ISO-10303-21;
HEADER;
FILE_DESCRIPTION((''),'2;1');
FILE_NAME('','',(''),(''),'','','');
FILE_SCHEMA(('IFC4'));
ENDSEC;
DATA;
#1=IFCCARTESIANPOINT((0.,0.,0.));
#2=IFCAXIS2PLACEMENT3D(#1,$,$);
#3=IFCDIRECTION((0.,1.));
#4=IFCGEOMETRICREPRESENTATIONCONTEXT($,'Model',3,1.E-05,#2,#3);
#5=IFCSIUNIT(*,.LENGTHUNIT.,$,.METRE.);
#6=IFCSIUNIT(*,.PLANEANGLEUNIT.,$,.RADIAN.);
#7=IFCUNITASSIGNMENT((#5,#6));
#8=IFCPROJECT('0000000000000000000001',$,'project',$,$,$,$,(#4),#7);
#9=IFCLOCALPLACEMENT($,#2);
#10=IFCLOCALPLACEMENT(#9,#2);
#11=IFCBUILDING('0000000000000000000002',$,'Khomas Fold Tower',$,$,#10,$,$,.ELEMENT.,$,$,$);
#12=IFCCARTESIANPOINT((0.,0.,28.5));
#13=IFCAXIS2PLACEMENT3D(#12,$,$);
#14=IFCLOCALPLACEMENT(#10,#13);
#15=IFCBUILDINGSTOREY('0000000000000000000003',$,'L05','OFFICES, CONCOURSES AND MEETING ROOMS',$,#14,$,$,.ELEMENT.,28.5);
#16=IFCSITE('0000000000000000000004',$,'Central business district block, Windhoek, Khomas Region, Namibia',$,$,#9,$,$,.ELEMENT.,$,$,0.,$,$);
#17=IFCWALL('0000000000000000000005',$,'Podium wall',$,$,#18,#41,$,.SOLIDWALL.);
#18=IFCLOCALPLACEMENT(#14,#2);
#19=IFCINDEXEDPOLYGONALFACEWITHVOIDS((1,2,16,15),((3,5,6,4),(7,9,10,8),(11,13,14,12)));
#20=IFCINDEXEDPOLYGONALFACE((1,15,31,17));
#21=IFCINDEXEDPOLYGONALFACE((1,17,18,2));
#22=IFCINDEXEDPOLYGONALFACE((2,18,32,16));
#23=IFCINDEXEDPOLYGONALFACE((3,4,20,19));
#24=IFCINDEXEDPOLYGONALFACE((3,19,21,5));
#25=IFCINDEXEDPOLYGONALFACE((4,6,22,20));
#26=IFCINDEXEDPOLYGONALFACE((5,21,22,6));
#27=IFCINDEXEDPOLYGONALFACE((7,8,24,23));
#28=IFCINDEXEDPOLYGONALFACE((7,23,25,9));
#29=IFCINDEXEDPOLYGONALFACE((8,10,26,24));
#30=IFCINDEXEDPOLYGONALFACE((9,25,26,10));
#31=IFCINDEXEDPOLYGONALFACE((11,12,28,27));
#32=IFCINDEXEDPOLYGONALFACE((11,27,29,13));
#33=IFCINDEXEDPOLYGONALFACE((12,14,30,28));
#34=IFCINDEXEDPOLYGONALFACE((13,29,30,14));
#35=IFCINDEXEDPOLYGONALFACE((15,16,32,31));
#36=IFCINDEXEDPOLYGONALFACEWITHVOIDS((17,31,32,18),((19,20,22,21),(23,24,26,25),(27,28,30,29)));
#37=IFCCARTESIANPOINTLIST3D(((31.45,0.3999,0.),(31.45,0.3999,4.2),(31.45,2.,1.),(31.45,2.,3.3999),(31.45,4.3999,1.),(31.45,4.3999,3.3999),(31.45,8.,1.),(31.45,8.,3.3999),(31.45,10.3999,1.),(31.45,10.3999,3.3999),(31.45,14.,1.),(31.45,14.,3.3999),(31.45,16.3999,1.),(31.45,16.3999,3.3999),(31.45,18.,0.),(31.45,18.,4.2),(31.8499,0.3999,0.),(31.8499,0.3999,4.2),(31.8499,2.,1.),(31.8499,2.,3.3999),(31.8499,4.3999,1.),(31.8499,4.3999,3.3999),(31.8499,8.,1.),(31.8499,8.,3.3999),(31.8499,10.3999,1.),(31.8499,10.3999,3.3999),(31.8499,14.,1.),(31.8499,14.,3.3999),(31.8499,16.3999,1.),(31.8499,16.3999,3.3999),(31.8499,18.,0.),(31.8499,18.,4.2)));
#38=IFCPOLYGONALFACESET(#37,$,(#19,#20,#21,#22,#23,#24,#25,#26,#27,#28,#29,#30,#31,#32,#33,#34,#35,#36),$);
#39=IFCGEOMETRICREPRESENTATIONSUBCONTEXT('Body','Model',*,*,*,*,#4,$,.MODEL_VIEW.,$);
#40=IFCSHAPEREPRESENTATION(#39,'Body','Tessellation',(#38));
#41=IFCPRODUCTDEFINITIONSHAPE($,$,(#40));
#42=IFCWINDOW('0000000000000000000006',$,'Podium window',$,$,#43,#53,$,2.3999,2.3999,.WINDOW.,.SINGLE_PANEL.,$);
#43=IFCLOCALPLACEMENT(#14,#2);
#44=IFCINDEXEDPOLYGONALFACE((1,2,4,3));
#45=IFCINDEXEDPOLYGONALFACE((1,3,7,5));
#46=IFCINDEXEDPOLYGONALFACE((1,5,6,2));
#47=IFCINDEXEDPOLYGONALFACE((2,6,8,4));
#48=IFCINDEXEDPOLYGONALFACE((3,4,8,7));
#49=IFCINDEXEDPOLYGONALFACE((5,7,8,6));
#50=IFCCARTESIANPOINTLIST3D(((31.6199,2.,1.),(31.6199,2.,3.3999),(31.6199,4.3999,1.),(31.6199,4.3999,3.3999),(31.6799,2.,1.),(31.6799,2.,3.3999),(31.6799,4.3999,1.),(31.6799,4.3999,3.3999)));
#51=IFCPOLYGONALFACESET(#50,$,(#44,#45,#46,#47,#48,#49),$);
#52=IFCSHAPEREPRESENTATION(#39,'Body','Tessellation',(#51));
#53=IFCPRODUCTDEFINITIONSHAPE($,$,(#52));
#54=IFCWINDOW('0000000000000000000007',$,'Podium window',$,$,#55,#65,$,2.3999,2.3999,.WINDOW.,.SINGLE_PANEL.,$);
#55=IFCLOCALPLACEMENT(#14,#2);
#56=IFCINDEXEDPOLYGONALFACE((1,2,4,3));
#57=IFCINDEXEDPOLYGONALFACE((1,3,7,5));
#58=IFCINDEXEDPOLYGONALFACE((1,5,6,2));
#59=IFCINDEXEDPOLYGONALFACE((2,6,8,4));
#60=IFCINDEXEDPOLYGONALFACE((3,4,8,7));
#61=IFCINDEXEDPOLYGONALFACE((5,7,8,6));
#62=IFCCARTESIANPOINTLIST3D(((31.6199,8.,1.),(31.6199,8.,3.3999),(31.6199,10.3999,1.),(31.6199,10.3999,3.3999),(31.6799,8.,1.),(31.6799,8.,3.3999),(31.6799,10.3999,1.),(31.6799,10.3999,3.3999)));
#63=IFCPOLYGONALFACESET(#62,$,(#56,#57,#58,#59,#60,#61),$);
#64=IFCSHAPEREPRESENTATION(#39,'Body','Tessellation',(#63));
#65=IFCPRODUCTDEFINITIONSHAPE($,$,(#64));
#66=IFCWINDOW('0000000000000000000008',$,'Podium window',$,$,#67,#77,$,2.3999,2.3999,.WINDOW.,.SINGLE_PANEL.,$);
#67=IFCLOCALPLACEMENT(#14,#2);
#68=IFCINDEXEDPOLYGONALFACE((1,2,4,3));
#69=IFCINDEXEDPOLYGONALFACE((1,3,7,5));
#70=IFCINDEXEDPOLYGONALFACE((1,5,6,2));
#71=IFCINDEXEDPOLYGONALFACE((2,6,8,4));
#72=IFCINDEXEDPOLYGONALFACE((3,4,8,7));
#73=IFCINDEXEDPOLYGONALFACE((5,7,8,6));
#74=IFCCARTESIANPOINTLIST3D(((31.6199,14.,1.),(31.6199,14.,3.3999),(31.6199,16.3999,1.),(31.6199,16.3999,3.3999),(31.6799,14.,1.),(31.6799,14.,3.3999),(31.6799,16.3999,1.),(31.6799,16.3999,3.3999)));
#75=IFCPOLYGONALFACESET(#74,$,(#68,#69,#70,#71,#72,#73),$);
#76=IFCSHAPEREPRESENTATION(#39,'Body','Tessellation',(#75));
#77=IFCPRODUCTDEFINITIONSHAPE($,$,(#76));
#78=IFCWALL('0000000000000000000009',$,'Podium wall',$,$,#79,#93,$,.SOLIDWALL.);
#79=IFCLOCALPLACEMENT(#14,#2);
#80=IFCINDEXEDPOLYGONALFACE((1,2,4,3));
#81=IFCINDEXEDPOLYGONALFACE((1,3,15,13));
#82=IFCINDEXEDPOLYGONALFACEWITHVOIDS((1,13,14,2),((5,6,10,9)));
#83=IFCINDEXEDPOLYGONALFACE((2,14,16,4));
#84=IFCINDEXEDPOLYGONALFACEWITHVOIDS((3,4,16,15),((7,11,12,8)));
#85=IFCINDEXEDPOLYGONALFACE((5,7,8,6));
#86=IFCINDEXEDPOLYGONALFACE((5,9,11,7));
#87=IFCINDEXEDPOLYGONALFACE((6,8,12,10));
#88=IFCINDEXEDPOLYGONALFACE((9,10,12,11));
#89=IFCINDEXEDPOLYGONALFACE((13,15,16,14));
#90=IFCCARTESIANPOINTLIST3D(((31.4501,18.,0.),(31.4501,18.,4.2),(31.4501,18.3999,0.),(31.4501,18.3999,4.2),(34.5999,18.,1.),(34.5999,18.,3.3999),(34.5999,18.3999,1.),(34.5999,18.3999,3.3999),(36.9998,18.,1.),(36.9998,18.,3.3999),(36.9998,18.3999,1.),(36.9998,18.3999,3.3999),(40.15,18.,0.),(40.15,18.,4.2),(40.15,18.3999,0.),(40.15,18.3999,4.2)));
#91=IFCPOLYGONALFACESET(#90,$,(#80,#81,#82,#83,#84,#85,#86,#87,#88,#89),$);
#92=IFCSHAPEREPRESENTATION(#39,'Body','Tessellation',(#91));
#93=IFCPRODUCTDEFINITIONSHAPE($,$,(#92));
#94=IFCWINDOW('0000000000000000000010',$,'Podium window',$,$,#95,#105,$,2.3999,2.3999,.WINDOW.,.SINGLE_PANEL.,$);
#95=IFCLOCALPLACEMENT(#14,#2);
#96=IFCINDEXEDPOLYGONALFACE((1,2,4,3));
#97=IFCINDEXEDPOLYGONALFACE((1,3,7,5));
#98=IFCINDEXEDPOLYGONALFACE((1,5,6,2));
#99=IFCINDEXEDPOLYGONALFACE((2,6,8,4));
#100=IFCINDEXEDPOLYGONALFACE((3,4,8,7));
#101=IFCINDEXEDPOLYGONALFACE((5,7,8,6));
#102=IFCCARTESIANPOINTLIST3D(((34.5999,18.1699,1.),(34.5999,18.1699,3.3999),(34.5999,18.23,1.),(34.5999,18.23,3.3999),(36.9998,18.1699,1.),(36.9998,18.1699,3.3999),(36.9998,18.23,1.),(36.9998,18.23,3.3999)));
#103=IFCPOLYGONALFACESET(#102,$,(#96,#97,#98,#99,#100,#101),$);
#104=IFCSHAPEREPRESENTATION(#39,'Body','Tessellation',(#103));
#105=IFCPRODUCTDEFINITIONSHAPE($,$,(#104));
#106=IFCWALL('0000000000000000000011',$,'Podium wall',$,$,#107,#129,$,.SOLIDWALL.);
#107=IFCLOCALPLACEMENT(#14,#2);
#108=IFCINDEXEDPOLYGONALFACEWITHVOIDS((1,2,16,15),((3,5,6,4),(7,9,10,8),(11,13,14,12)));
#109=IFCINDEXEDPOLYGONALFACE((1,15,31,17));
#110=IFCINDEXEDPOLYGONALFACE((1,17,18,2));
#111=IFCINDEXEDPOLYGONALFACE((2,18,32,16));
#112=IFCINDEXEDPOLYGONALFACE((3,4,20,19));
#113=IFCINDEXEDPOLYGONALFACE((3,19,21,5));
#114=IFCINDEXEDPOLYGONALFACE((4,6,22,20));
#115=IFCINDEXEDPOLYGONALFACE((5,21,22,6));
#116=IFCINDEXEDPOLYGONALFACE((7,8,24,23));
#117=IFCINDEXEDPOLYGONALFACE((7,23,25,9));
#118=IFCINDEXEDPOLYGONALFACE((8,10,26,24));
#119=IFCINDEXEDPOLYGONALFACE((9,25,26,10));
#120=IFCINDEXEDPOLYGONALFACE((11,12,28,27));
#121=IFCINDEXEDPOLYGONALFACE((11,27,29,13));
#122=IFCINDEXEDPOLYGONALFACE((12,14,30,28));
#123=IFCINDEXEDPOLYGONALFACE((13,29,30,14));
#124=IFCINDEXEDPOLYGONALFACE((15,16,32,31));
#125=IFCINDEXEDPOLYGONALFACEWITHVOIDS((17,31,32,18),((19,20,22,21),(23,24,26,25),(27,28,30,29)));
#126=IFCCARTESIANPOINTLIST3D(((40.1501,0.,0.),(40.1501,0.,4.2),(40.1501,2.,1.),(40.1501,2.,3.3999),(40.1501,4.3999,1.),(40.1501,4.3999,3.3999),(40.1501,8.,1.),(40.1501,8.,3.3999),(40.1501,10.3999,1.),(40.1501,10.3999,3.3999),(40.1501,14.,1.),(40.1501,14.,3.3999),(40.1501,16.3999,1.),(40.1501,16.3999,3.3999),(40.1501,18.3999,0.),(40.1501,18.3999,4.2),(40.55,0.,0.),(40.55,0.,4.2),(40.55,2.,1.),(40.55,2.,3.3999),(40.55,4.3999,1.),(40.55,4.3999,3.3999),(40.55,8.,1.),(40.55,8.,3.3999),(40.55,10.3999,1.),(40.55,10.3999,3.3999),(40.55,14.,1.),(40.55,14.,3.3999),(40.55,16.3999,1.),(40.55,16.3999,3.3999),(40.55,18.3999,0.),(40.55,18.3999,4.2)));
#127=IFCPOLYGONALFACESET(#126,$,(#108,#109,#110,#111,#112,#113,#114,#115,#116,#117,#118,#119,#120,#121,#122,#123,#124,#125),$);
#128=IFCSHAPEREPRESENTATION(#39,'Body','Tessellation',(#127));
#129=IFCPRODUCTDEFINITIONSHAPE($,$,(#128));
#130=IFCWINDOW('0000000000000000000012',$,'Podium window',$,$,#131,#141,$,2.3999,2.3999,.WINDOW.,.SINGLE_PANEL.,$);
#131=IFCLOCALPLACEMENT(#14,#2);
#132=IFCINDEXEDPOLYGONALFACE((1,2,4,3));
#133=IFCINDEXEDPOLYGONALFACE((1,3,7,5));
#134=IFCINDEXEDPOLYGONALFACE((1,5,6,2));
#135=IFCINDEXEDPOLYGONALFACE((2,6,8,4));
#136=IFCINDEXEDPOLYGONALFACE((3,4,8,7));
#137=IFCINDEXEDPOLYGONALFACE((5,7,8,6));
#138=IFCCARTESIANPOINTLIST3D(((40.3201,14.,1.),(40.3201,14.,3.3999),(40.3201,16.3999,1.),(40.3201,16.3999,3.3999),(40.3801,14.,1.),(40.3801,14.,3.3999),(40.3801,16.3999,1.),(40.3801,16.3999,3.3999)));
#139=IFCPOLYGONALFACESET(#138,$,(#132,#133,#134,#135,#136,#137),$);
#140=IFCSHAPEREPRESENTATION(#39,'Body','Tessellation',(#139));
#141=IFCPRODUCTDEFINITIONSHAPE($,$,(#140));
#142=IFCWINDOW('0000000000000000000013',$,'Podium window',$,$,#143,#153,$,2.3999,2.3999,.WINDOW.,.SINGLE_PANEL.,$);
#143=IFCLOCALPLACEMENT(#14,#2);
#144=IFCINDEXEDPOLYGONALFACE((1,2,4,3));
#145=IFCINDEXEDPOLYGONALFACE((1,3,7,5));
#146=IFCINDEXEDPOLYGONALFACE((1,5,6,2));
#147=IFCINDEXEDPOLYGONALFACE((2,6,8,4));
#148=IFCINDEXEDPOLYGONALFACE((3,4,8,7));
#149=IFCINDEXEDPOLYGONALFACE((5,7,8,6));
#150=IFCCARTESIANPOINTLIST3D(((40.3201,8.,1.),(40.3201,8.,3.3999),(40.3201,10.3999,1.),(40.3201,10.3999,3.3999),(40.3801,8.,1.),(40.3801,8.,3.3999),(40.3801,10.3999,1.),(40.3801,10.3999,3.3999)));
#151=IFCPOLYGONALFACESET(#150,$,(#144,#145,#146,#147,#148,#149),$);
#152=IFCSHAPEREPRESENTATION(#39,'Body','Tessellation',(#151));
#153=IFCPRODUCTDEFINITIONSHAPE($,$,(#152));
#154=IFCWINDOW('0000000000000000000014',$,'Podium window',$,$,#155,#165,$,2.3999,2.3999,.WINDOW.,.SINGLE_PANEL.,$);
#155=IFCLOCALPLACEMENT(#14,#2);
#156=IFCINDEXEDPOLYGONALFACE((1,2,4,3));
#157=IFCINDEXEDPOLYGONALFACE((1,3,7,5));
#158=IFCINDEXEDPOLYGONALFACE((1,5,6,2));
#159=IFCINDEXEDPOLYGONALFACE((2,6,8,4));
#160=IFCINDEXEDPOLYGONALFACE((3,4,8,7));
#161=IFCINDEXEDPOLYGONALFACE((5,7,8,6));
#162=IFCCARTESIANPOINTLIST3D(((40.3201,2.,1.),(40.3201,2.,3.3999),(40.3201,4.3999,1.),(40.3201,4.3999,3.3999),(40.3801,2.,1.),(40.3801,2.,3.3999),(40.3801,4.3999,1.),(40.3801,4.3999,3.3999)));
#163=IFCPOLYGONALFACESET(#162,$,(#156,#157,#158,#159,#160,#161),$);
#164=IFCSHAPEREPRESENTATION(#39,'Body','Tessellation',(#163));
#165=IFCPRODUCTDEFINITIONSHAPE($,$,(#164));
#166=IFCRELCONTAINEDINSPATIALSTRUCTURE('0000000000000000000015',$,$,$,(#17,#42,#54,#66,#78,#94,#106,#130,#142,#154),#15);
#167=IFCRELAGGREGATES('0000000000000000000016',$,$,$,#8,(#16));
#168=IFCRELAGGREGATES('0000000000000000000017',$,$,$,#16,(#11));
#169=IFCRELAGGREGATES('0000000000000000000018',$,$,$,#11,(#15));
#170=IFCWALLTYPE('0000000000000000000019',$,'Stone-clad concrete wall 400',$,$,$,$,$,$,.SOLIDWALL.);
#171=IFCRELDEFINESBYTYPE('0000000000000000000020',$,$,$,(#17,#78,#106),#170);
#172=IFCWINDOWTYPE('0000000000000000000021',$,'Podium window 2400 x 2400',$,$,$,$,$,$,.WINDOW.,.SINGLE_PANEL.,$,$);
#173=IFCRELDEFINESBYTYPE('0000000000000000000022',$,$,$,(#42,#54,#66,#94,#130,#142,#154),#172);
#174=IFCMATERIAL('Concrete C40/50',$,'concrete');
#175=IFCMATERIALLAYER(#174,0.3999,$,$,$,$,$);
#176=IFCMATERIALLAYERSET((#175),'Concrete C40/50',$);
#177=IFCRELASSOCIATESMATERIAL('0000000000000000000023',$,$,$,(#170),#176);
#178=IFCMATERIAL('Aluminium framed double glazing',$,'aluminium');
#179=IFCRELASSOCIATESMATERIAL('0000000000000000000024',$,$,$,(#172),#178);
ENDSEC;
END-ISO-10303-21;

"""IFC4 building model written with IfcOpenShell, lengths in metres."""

from ifc_helpers import new_model, si_unit, direction, frame, frame_2d, origin, place, context, subcontext, project, spatial, rectangle, extrude, source, transform, mapped, material, layer, layer_set, type_object, element, fill, save


model = new_model("IFC4")

# Units and contexts
model_context = context("Model", 3, precision=1e-05, world=origin(), true_north=direction((0.0, 1.0)))
body_context = subcontext(model_context, "Body", "Model", "MODEL_VIEW")
ifc_project = project(units=[si_unit("LENGTHUNIT", "METRE"), si_unit("PLANEANGLEUNIT", "RADIAN")], contexts=[model_context])

# Site, building, storey
site_placement = place(None, origin())
site = spatial("IfcSite", under=ifc_project, at=site_placement, Name="Central business district block, Windhoek, Khomas Region, Namibia", CompositionType="ELEMENT", RefElevation=0.0)
building_placement = place(site_placement, origin())
building = spatial("IfcBuilding", under=site, at=building_placement, Name="Khomas Fold Tower", CompositionType="ELEMENT")
storey_placement = place(building_placement, frame((0.0, 0.0, 28.5)))
storey = spatial("IfcBuildingStorey", under=building, at=storey_placement, Name="L05", Description="OFFICES, CONCOURSES AND MEETING ROOMS", CompositionType="ELEMENT", Elevation=28.5)

# Wall, openings, windows
ifc_material_1 = material(Name="Concrete C40/50", Category="concrete")
ifc_layer_1 = layer(ifc_material_1, 0.3999)
ifc_layer_set_1 = layer_set([ifc_layer_1], Name="Concrete C40/50")
wall_type_1 = type_object("IfcWallType", Name="Stone-clad concrete wall 400", PredefinedType="SOLIDWALL", material=ifc_layer_set_1)
shared_shape_1 = source(origin(), body_context, "Body", "SweptSolid", [
    extrude(rectangle(XDim=17.6001, YDim=0.3999, at=frame_2d((8.8, 0.0))), origin(), (0.0, 0.0, 1.0), 4.2),
])
wall_1_placement = place(storey_placement, frame((31.6499, 0.3999, 0.0), z_axis=(0.0, 0.0, 1.0), x_axis=(0.0, 1.0, 0.0)))
wall_1 = element("IfcWall", 1, at=wall_1_placement, inside=storey, type_object=wall_type_1, Name="Podium wall", PredefinedType="SOLIDWALL", context=body_context, shape_type="MappedRepresentation", body=[
    mapped(shared_shape_1, transform((0.0, 0.0, 0.0))),
])
shared_shape_2 = source(origin(), body_context, "Body", "SweptSolid", [
    extrude(rectangle(XDim=2.3999, YDim=2.3999, at=frame_2d((1.2, 1.2))), frame((0.0, 0.21, 0.0), z_axis=(0.0, -1.0, 0.0), x_axis=(1.0, 0.0, 0.0)), (0.0, 0.0, 1.0), 0.4199),
])
opening_1_placement = place(wall_1_placement, frame((1.6001, 0.0, 1.0)))
opening_1 = element("IfcOpeningElement", 2, at=opening_1_placement, cuts=wall_1, PredefinedType="OPENING", context=body_context, shape_type="MappedRepresentation", body=[
    mapped(shared_shape_2, transform((0.0, 0.0, 0.0))),
])
opening_2_placement = place(wall_1_placement, frame((7.6001, 0.0, 1.0)))
opening_2 = element("IfcOpeningElement", 3, at=opening_2_placement, cuts=wall_1, PredefinedType="OPENING", context=body_context, shape_type="MappedRepresentation", body=[
    mapped(shared_shape_2, transform((0.0, 0.0, 0.0))),
])
opening_3_placement = place(wall_1_placement, frame((13.6001, 0.0, 1.0)))
opening_3 = element("IfcOpeningElement", 4, at=opening_3_placement, cuts=wall_1, PredefinedType="OPENING", context=body_context, shape_type="MappedRepresentation", body=[
    mapped(shared_shape_2, transform((0.0, 0.0, 0.0))),
])
ifc_material_2 = material(Name="Aluminium framed double glazing", Category="aluminium")
window_type = type_object("IfcWindowType", Name="Podium window 2400 x 2400", PartitioningType="SINGLE_PANEL", PredefinedType="WINDOW", material=ifc_material_2)
shared_shape_3 = source(origin(), body_context, "Body", "SweptSolid", [
    extrude(rectangle(XDim=2.3999, YDim=2.3999, at=frame_2d((1.2, 1.2))), frame((0.0, 0.03, 0.0), z_axis=(0.0, -1.0, 0.0), x_axis=(1.0, 0.0, 0.0)), (0.0, 0.0, 1.0), 0.0601),
])
window_1_placement = place(opening_1_placement, origin())
window_1 = element("IfcWindow", 5, at=window_1_placement, inside=storey, type_object=window_type, Name="Podium window", OverallHeight=2.3999, OverallWidth=2.3999, PartitioningType="SINGLE_PANEL", PredefinedType="WINDOW", context=body_context, shape_type="MappedRepresentation", body=[
    mapped(shared_shape_3, transform((0.0, 0.0, 0.0))),
])
fill(opening_1, window_1)
window_2_placement = place(opening_2_placement, origin())
window_2 = element("IfcWindow", 6, at=window_2_placement, inside=storey, type_object=window_type, Name="Podium window", OverallHeight=2.3999, OverallWidth=2.3999, PartitioningType="SINGLE_PANEL", PredefinedType="WINDOW", context=body_context, shape_type="MappedRepresentation", body=[
    mapped(shared_shape_3, transform((0.0, 0.0, 0.0))),
])
fill(opening_2, window_2)
window_3_placement = place(opening_3_placement, origin())
window_3 = element("IfcWindow", 7, at=window_3_placement, inside=storey, type_object=window_type, Name="Podium window", OverallHeight=2.3999, OverallWidth=2.3999, PartitioningType="SINGLE_PANEL", PredefinedType="WINDOW", context=body_context, shape_type="MappedRepresentation", body=[
    mapped(shared_shape_3, transform((0.0, 0.0, 0.0))),
])
fill(opening_3, window_3)

# Wall, opening, window
shared_shape_4 = source(origin(), body_context, "Body", "SweptSolid", [
    extrude(rectangle(XDim=8.7, YDim=0.3999, at=frame_2d((4.3501, 0.0))), origin(), (0.0, 0.0, 1.0), 4.2),
])
wall_2_placement = place(storey_placement, frame((31.45, 18.2, 0.0), z_axis=(0.0, 0.0, 1.0), x_axis=(1.0, 0.0, 0.0)))
wall_2 = element("IfcWall", 8, at=wall_2_placement, inside=storey, type_object=wall_type_1, Name="Podium wall", PredefinedType="SOLIDWALL", context=body_context, shape_type="MappedRepresentation", body=[
    mapped(shared_shape_4, transform((0.0, 0.0, 0.0))),
])
opening_4_placement = place(wall_2_placement, frame((3.1499, 0.0, 1.0)))
opening_4 = element("IfcOpeningElement", 9, at=opening_4_placement, cuts=wall_2, PredefinedType="OPENING", context=body_context, shape_type="MappedRepresentation", body=[
    mapped(shared_shape_2, transform((0.0, 0.0, 0.0))),
])
window_4_placement = place(opening_4_placement, origin())
window_4 = element("IfcWindow", 10, at=window_4_placement, inside=storey, type_object=window_type, Name="Podium window", OverallHeight=2.3999, OverallWidth=2.3999, PartitioningType="SINGLE_PANEL", PredefinedType="WINDOW", context=body_context, shape_type="MappedRepresentation", body=[
    mapped(shared_shape_3, transform((0.0, 0.0, 0.0))),
])
fill(opening_4, window_4)

# Wall, openings, windows
shared_shape_5 = source(origin(), body_context, "Body", "SweptSolid", [
    extrude(rectangle(XDim=18.3999, YDim=0.3999, at=frame_2d((9.2, 0.0))), origin(), (0.0, 0.0, 1.0), 4.2),
])
wall_3_placement = place(storey_placement, frame((40.3501, 18.3999, 0.0), z_axis=(0.0, 0.0, 1.0), x_axis=(0.0, -1.0, 0.0)))
wall_3 = element("IfcWall", 11, at=wall_3_placement, inside=storey, type_object=wall_type_1, Name="Podium wall", PredefinedType="SOLIDWALL", context=body_context, shape_type="MappedRepresentation", body=[
    mapped(shared_shape_5, transform((0.0, 0.0, 0.0))),
])
opening_5_placement = place(wall_3_placement, frame((2.0, 0.0, 1.0)))
opening_5 = element("IfcOpeningElement", 12, at=opening_5_placement, cuts=wall_3, PredefinedType="OPENING", context=body_context, shape_type="MappedRepresentation", body=[
    mapped(shared_shape_2, transform((0.0, 0.0, 0.0))),
])
opening_6_placement = place(wall_3_placement, frame((8.0, 0.0, 1.0)))
opening_6 = element("IfcOpeningElement", 13, at=opening_6_placement, cuts=wall_3, PredefinedType="OPENING", context=body_context, shape_type="MappedRepresentation", body=[
    mapped(shared_shape_2, transform((0.0, 0.0, 0.0))),
])
opening_7_placement = place(wall_3_placement, frame((14.0, 0.0, 1.0)))
opening_7 = element("IfcOpeningElement", 14, at=opening_7_placement, cuts=wall_3, PredefinedType="OPENING", context=body_context, shape_type="MappedRepresentation", body=[
    mapped(shared_shape_2, transform((0.0, 0.0, 0.0))),
])
window_5_placement = place(opening_5_placement, origin())
window_5 = element("IfcWindow", 15, at=window_5_placement, inside=storey, type_object=window_type, Name="Podium window", OverallHeight=2.3999, OverallWidth=2.3999, PartitioningType="SINGLE_PANEL", PredefinedType="WINDOW", context=body_context, shape_type="MappedRepresentation", body=[
    mapped(shared_shape_3, transform((0.0, 0.0, 0.0))),
])
fill(opening_5, window_5)
window_6_placement = place(opening_6_placement, origin())
window_6 = element("IfcWindow", 16, at=window_6_placement, inside=storey, type_object=window_type, Name="Podium window", OverallHeight=2.3999, OverallWidth=2.3999, PartitioningType="SINGLE_PANEL", PredefinedType="WINDOW", context=body_context, shape_type="MappedRepresentation", body=[
    mapped(shared_shape_3, transform((0.0, 0.0, 0.0))),
])
fill(opening_6, window_6)
window_7_placement = place(opening_7_placement, origin())
window_7 = element("IfcWindow", 17, at=window_7_placement, inside=storey, type_object=window_type, Name="Podium window", OverallHeight=2.3999, OverallWidth=2.3999, PartitioningType="SINGLE_PANEL", PredefinedType="WINDOW", context=body_context, shape_type="MappedRepresentation", body=[
    mapped(shared_shape_3, transform((0.0, 0.0, 0.0))),
])
fill(opening_7, window_7)

save(model, "model.ifc")
